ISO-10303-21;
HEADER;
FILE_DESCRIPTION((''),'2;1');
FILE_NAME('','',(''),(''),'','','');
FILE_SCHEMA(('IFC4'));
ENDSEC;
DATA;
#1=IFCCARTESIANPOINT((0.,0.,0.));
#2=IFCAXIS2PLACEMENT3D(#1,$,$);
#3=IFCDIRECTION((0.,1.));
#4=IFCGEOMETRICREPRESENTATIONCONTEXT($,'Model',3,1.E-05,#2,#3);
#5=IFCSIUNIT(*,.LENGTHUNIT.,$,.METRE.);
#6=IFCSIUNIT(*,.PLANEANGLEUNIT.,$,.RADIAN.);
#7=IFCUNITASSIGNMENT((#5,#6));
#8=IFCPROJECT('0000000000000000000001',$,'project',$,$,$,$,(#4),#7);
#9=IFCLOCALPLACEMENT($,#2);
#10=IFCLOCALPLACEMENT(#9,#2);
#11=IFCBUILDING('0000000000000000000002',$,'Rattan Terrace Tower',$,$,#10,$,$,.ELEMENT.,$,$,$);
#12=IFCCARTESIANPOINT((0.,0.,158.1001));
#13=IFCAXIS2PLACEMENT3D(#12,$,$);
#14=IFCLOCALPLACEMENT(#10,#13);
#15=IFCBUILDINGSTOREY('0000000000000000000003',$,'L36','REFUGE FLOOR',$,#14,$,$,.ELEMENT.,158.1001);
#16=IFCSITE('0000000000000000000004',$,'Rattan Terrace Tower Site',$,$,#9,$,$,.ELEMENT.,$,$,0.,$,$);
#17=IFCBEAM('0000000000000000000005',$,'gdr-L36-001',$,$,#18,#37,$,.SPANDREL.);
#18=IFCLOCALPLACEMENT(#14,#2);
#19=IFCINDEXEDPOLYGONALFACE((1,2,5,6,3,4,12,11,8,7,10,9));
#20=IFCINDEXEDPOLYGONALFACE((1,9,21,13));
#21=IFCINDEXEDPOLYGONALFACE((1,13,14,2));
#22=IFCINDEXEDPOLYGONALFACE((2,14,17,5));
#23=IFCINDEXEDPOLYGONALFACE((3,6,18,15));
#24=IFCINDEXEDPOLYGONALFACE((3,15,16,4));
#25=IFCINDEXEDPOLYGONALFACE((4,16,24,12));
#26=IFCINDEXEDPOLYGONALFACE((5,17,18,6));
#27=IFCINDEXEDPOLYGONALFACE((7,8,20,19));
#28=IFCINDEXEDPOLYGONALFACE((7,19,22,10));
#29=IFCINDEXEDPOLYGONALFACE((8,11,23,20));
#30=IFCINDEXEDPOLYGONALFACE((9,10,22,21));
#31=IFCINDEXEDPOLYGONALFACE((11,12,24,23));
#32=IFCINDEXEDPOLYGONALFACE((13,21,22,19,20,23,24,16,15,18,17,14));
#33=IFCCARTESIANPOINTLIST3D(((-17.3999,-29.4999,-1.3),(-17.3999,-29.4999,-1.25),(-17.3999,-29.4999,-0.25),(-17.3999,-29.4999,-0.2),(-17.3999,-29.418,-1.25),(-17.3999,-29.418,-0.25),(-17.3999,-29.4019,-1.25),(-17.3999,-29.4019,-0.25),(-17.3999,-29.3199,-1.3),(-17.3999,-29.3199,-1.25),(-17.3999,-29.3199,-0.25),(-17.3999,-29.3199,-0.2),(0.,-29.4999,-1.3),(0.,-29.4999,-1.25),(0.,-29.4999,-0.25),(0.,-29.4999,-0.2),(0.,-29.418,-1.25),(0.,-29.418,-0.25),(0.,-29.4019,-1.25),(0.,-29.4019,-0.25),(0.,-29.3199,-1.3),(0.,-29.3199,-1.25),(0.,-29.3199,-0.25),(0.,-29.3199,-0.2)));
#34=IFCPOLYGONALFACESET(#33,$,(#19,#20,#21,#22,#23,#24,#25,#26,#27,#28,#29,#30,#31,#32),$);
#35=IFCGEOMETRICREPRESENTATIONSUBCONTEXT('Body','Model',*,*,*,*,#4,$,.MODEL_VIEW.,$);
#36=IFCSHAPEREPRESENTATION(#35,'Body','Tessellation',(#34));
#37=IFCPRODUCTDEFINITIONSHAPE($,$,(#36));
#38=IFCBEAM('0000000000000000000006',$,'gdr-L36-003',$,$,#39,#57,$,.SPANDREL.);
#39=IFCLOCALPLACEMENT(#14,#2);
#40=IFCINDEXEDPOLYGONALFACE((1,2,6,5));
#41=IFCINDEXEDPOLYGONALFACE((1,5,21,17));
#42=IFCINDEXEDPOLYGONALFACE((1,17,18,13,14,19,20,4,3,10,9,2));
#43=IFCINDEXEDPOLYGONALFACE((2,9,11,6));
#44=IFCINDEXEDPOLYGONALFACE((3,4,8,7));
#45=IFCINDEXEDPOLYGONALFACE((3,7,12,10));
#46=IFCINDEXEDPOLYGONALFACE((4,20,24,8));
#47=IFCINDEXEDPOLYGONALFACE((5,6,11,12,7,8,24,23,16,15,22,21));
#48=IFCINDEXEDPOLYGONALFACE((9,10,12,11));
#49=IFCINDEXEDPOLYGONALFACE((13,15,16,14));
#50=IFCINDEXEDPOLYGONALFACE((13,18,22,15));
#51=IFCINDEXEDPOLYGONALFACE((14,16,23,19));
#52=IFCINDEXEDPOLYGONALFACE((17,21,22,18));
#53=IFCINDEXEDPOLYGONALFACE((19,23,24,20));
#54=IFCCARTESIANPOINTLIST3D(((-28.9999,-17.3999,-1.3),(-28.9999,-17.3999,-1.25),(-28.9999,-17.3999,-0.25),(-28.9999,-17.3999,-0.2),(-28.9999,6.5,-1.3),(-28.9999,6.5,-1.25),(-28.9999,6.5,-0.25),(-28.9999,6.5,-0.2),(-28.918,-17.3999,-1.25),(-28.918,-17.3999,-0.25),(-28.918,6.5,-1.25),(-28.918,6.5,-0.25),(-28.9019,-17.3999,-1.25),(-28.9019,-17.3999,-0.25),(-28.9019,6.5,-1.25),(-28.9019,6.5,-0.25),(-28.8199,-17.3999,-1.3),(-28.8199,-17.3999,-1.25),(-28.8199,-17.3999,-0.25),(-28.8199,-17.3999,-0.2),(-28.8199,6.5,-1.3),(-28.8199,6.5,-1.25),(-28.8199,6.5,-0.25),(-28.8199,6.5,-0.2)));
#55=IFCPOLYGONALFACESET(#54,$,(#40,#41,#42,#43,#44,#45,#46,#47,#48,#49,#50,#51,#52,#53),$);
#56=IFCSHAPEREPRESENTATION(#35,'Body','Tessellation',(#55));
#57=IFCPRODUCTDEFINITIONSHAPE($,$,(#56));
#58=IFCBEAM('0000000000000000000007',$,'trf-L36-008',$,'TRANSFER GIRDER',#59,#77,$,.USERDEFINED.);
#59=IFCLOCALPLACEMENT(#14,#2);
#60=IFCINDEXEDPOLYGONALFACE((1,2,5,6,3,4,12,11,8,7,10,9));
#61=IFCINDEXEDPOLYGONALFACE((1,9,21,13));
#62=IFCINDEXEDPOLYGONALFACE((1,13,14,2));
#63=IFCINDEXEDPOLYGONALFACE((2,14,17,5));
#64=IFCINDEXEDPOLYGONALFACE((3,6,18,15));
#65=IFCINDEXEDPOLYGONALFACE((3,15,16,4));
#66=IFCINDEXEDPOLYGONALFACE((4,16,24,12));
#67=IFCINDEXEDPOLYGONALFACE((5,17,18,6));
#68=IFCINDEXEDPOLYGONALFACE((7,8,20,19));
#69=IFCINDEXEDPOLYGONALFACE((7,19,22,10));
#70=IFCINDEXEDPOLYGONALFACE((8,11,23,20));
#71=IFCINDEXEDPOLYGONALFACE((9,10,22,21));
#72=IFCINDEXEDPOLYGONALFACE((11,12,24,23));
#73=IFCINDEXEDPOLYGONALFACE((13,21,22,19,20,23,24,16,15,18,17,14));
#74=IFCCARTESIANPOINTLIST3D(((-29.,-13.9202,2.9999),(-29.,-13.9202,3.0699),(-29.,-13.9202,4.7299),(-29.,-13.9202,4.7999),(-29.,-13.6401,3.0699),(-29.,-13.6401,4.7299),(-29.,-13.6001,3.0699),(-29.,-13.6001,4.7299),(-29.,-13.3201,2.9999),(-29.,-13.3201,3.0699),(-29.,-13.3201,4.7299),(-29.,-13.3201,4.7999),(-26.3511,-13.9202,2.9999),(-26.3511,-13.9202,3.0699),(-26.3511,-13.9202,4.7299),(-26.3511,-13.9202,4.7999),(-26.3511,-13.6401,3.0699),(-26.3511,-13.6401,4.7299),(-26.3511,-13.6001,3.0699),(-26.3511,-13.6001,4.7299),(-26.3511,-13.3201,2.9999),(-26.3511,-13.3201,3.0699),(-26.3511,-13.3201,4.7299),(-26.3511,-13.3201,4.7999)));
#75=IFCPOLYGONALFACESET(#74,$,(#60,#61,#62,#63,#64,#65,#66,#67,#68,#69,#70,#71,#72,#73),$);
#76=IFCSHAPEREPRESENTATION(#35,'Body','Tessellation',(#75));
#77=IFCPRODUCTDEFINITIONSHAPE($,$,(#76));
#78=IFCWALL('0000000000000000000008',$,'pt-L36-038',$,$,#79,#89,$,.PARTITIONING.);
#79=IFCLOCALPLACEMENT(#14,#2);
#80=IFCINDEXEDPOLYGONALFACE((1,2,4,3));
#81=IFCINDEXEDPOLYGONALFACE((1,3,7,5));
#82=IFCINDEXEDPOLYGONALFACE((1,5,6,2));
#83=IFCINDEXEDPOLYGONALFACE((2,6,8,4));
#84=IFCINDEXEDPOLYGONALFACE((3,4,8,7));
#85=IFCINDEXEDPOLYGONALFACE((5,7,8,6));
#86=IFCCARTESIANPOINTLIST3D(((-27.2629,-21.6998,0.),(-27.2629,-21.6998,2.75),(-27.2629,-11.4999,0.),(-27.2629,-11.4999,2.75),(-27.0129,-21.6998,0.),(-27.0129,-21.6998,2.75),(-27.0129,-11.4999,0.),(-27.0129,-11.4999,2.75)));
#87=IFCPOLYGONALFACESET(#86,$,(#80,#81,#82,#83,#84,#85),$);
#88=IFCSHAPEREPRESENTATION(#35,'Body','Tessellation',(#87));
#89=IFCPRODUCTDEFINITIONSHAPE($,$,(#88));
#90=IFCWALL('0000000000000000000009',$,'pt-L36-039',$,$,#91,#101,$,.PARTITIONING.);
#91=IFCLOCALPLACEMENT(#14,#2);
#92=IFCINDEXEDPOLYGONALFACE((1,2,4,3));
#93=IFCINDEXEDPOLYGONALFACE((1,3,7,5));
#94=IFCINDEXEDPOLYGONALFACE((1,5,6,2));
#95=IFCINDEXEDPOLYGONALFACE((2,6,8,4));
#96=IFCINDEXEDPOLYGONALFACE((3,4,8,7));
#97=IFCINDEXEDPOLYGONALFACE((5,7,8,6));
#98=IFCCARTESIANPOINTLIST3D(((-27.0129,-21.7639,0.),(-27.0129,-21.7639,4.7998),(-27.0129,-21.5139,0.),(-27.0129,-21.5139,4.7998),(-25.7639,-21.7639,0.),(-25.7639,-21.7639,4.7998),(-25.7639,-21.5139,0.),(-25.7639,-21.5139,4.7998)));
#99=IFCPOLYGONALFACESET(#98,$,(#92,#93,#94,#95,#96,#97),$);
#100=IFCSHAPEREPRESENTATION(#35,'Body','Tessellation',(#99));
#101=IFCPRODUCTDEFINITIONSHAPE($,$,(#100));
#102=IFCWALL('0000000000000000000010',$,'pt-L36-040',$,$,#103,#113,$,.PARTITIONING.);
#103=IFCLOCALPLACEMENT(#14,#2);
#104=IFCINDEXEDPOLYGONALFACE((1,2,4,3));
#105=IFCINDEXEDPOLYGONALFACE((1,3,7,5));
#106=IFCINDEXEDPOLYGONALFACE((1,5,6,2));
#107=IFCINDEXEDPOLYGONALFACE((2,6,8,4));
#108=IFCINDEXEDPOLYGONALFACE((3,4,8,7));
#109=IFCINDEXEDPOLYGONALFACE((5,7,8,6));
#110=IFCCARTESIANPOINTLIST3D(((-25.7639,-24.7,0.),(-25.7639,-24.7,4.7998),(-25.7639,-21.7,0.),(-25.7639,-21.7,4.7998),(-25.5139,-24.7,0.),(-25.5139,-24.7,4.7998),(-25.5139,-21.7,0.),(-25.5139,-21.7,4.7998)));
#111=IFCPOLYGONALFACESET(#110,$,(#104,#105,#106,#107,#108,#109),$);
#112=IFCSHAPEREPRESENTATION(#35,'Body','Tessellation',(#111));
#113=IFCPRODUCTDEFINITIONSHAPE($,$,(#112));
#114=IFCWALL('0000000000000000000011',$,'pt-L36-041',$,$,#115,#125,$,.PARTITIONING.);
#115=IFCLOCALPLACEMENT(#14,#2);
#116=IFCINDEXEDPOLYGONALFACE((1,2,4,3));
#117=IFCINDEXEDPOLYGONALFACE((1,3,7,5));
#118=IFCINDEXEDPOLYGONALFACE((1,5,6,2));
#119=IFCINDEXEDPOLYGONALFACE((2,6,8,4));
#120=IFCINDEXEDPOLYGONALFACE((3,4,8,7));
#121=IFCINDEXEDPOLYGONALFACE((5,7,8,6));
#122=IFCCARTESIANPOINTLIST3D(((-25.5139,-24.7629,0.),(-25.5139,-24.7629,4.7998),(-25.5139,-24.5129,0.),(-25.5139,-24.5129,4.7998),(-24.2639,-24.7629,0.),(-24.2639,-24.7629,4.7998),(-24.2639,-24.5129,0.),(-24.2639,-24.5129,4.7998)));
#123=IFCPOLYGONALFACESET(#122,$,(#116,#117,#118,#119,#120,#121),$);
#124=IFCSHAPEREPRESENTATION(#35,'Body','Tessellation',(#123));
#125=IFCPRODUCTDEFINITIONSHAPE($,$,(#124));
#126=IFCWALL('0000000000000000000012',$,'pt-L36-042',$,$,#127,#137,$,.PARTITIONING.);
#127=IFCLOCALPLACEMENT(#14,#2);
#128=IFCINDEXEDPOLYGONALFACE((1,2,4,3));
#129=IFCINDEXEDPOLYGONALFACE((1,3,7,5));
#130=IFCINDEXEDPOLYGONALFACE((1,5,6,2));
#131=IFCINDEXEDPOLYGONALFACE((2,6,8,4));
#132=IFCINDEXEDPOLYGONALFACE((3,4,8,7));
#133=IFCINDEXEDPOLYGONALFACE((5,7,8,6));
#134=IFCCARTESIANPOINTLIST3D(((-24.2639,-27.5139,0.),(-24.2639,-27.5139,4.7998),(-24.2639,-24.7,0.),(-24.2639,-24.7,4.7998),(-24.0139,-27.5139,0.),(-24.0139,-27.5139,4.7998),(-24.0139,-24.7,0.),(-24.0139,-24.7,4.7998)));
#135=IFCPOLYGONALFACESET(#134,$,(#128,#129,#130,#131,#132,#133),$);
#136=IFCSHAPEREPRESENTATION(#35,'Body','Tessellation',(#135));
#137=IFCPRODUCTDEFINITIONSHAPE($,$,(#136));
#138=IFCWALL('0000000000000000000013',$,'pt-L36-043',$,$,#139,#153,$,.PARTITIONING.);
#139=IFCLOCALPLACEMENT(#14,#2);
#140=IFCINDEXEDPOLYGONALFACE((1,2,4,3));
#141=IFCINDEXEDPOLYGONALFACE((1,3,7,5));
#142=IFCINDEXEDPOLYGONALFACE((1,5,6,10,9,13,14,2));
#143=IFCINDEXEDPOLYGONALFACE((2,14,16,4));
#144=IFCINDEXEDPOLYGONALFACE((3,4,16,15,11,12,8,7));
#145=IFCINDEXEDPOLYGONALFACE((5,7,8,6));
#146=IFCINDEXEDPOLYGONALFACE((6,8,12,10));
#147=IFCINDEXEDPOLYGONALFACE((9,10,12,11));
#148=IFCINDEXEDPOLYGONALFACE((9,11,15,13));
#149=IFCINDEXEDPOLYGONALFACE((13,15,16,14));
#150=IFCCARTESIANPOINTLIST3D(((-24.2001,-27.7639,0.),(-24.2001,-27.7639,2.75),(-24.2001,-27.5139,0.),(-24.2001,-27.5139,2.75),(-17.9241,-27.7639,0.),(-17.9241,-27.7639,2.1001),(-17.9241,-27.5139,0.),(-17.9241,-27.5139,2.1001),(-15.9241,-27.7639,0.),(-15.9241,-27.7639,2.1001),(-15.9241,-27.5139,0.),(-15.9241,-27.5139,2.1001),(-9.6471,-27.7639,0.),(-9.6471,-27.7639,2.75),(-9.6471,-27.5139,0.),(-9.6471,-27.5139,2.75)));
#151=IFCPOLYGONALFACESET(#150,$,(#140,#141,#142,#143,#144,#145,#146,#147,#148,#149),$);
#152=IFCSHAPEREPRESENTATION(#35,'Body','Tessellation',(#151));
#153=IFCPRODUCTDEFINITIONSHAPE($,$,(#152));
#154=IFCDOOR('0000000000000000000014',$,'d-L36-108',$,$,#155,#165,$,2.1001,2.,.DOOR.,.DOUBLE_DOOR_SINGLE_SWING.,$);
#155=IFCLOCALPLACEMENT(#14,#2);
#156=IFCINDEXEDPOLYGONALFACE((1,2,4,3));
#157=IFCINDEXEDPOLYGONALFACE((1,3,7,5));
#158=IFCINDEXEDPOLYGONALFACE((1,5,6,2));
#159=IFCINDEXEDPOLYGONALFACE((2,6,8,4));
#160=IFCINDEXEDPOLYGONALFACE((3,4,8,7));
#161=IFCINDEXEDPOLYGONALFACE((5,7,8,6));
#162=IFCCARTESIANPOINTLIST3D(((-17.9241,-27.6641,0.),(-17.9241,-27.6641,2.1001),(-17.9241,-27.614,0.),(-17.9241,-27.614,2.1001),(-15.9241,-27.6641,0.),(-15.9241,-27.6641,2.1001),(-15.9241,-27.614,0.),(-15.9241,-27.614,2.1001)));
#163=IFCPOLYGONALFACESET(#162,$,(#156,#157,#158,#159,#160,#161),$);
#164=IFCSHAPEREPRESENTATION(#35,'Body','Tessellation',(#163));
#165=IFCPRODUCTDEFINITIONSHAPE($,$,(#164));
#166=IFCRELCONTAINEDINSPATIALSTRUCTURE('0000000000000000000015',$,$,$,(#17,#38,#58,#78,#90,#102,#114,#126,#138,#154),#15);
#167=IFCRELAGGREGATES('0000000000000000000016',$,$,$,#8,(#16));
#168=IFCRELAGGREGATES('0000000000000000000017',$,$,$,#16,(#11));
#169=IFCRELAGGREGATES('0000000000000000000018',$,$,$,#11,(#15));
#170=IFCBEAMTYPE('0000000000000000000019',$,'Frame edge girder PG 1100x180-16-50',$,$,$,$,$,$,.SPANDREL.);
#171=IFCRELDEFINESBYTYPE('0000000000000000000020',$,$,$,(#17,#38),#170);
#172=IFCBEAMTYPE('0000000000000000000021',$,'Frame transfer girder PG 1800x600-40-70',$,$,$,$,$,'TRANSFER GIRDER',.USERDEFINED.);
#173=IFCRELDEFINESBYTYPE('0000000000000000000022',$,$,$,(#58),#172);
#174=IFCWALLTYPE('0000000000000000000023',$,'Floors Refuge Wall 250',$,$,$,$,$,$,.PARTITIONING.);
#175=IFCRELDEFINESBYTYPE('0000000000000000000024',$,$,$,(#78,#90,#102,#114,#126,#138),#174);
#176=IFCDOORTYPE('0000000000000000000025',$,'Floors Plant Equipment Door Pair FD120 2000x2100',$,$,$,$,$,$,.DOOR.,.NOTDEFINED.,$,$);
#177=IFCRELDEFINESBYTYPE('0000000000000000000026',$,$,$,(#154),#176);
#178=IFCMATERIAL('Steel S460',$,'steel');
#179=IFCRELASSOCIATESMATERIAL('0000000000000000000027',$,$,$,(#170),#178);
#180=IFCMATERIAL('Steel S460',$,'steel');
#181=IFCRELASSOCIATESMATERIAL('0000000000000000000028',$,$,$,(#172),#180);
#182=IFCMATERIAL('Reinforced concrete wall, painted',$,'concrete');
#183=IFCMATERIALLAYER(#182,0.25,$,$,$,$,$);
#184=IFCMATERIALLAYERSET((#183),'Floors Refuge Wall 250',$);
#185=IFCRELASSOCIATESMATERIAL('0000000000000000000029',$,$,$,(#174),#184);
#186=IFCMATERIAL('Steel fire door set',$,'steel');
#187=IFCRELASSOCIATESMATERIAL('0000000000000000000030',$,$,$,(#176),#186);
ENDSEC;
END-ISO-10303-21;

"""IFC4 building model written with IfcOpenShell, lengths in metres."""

from ifc_helpers import new_model, si_unit, direction, frame, frame_2d, origin, origin_2d, place, context, subcontext, project, spatial, rectangle, i_section, extrude, material, layer, layer_set, material_profile, profile_set, type_object, element, fill, save


model = new_model("IFC4")

# Units and contexts
model_context = context("Model", 3, precision=1e-05, world=origin(), true_north=direction((0.0, 1.0)))
body_context = subcontext(model_context, "Body", "Model", "MODEL_VIEW")
ifc_project = project(units=[si_unit("LENGTHUNIT", "METRE"), si_unit("PLANEANGLEUNIT", "RADIAN")], contexts=[model_context])

# Site, building, storey
site_placement = place(None, origin())
site = spatial("IfcSite", under=ifc_project, at=site_placement, Name="Rattan Terrace Tower Site", CompositionType="ELEMENT", RefElevation=0.0)
building_placement = place(site_placement, origin())
building = spatial("IfcBuilding", under=site, at=building_placement, Name="Rattan Terrace Tower", CompositionType="ELEMENT")
storey_placement = place(building_placement, frame((0.0, 0.0, 158.1001)))
storey = spatial("IfcBuildingStorey", under=building, at=storey_placement, Name="L36", Description="REFUGE FLOOR", CompositionType="ELEMENT", Elevation=158.1001)

# Beams
ifc_material_1 = material(Name="Steel S460", Category="steel")
ifc_material_profile_1 = material_profile(ifc_material_1, i_section(OverallWidth=0.1799, OverallDepth=1.1001, WebThickness=0.0161, FlangeThickness=0.05, at=origin_2d()), Name="PG 1100x180-16-50")
ifc_profile_set_1 = profile_set([ifc_material_profile_1], Name="Steel S460")
beam_type_1 = type_object("IfcBeamType", Name="Frame edge girder PG 1100x180-16-50", PredefinedType="SPANDREL", material=ifc_profile_set_1)
beam_1_placement = place(storey_placement, frame((-17.3999, -29.4099, -0.75), z_axis=(1.0, 0.0, 0.0), x_axis=(0.0, 1.0, 0.0)))
element("IfcBeam", 1, at=beam_1_placement, inside=storey, type_object=beam_type_1, Name="gdr-L36-001", PredefinedType="SPANDREL", context=body_context, shape_type="SweptSolid", body=[
    extrude(i_section(OverallWidth=0.1799, OverallDepth=1.1001, WebThickness=0.0161, FlangeThickness=0.05, at=origin_2d()), origin(), (0.0, 0.0, 1.0), 17.3999),
])
beam_2_placement = place(storey_placement, frame((-28.9099, -17.3999, -0.75), z_axis=(0.0, 1.0, 0.0), x_axis=(-1.0, 0.0, 0.0)))
element("IfcBeam", 2, at=beam_2_placement, inside=storey, type_object=beam_type_1, Name="gdr-L36-003", PredefinedType="SPANDREL", context=body_context, shape_type="SweptSolid", body=[
    extrude(i_section(OverallWidth=0.1799, OverallDepth=1.1001, WebThickness=0.0161, FlangeThickness=0.05, at=origin_2d()), origin(), (0.0, 0.0, 1.0), 23.8999),
])
ifc_material_2 = material(Name="Steel S460", Category="steel")
ifc_material_profile_2 = material_profile(ifc_material_2, i_section(OverallWidth=0.6001, OverallDepth=1.8, WebThickness=0.04, FlangeThickness=0.0701, at=origin_2d()), Name="PG 1800x600-40-70")
ifc_profile_set_2 = profile_set([ifc_material_profile_2], Name="Steel S460")
beam_type_2 = type_object("IfcBeamType", Name="Frame transfer girder PG 1800x600-40-70", ElementType="TRANSFER GIRDER", PredefinedType="USERDEFINED", material=ifc_profile_set_2)
beam_3_placement = place(storey_placement, frame((-29.0, -13.6201, 3.8999), z_axis=(1.0, 0.0, 0.0), x_axis=(0.0, 1.0, 0.0)))
element("IfcBeam", 3, at=beam_3_placement, inside=storey, type_object=beam_type_2, Name="trf-L36-008", ObjectType="TRANSFER GIRDER", PredefinedType="USERDEFINED", context=body_context, shape_type="SweptSolid", body=[
    extrude(i_section(OverallWidth=0.6001, OverallDepth=1.8, WebThickness=0.04, FlangeThickness=0.0701, at=origin_2d()), origin(), (0.0, 0.0, 1.0), 2.6489),
])

# Walls
ifc_material_3 = material(Name="Reinforced concrete wall, painted", Category="concrete")
ifc_layer = layer(ifc_material_3, 0.25)
ifc_layer_set = layer_set([ifc_layer], Name="Floors Refuge Wall 250")
wall_type = type_object("IfcWallType", Name="Floors Refuge Wall 250", PredefinedType="PARTITIONING", material=ifc_layer_set)
wall_1_placement = place(storey_placement, frame((-27.1379, -21.7, 0.0), z_axis=(0.0, 0.0, 1.0), x_axis=(0.0, 1.0, 0.0)))
element("IfcWall", 4, at=wall_1_placement, inside=storey, type_object=wall_type, Name="pt-L36-038", PredefinedType="PARTITIONING", context=body_context, shape_type="SweptSolid", body=[
    extrude(rectangle(XDim=10.2, YDim=0.25, at=frame_2d((5.1001, 0.0))), origin(), (0.0, 0.0, 1.0), 2.75),
])
wall_2_placement = place(storey_placement, frame((-25.7639, -21.6389, 0.0), z_axis=(0.0, 0.0, 1.0), x_axis=(-1.0, 0.0, 0.0)))
element("IfcWall", 5, at=wall_2_placement, inside=storey, type_object=wall_type, Name="pt-L36-039", PredefinedType="PARTITIONING", context=body_context, shape_type="SweptSolid", body=[
    extrude(rectangle(XDim=1.249, YDim=0.25, at=frame_2d((0.6245, 0.0))), origin(), (0.0, 0.0, 1.0), 4.7998),
])
wall_3_placement = place(storey_placement, frame((-25.6389, -24.7, 0.0), z_axis=(0.0, 0.0, 1.0), x_axis=(0.0, 1.0, 0.0)))
element("IfcWall", 6, at=wall_3_placement, inside=storey, type_object=wall_type, Name="pt-L36-040", PredefinedType="PARTITIONING", context=body_context, shape_type="SweptSolid", body=[
    extrude(rectangle(XDim=3.0, YDim=0.25, at=frame_2d((1.5, 0.0))), origin(), (0.0, 0.0, 1.0), 4.7998),
])
wall_4_placement = place(storey_placement, frame((-24.2639, -24.6379, 0.0), z_axis=(0.0, 0.0, 1.0), x_axis=(-1.0, 0.0, 0.0)))
element("IfcWall", 7, at=wall_4_placement, inside=storey, type_object=wall_type, Name="pt-L36-041", PredefinedType="PARTITIONING", context=body_context, shape_type="SweptSolid", body=[
    extrude(rectangle(XDim=1.25, YDim=0.25, at=frame_2d((0.625, 0.0))), origin(), (0.0, 0.0, 1.0), 4.7998),
])
wall_5_placement = place(storey_placement, frame((-24.1389, -27.5139, 0.0), z_axis=(0.0, 0.0, 1.0), x_axis=(0.0, 1.0, 0.0)))
element("IfcWall", 8, at=wall_5_placement, inside=storey, type_object=wall_type, Name="pt-L36-042", PredefinedType="PARTITIONING", context=body_context, shape_type="SweptSolid", body=[
    extrude(rectangle(XDim=2.814, YDim=0.25, at=frame_2d((1.407, 0.0))), origin(), (0.0, 0.0, 1.0), 4.7998),
])

# Wall, opening, door
wall_6_placement = place(storey_placement, frame((-24.2, -27.6389, 0.0), z_axis=(0.0, 0.0, 1.0), x_axis=(1.0, 0.0, 0.0)))
wall_6 = element("IfcWall", 9, at=wall_6_placement, inside=storey, type_object=wall_type, Name="pt-L36-043", PredefinedType="PARTITIONING", context=body_context, shape_type="SweptSolid", body=[
    extrude(rectangle(XDim=14.553, YDim=0.25, at=frame_2d((7.2764, 0.0))), origin(), (0.0, 0.0, 1.0), 2.75),
])
opening_placement = place(wall_6_placement, frame((6.2759, 0.0, 0.0)))
opening = element("IfcOpeningElement", 10, at=opening_placement, cuts=wall_6, PredefinedType="OPENING", context=body_context, shape_type="SweptSolid", body=[
    extrude(rectangle(XDim=2.0, YDim=2.1001, at=frame_2d((1.0, 1.05))), frame((0.0, 0.1355, 0.0), z_axis=(0.0, -1.0, 0.0), x_axis=(1.0, 0.0, 0.0)), (0.0, 0.0, 1.0), 0.271),
])
ifc_material_4 = material(Name="Steel fire door set", Category="steel")
door_type = type_object("IfcDoorType", Name="Floors Plant Equipment Door Pair FD120 2000x2100", OperationType="NOTDEFINED", PredefinedType="DOOR", material=ifc_material_4)
door_placement = place(opening_placement, origin())
door = element("IfcDoor", 11, at=door_placement, inside=storey, type_object=door_type, Name="d-L36-108", OperationType="DOUBLE_DOOR_SINGLE_SWING", OverallHeight=2.1001, OverallWidth=2.0, PredefinedType="DOOR", context=body_context, shape_type="SweptSolid", body=[
    extrude(rectangle(XDim=2.0, YDim=2.1001, at=frame_2d((1.0, 1.05))), frame((0.0, 0.0249, 0.0), z_axis=(0.0, -1.0, 0.0), x_axis=(1.0, 0.0, 0.0)), (0.0, 0.0, 1.0), 0.05),
])
fill(opening, door)

save(model, "model.ifc")
